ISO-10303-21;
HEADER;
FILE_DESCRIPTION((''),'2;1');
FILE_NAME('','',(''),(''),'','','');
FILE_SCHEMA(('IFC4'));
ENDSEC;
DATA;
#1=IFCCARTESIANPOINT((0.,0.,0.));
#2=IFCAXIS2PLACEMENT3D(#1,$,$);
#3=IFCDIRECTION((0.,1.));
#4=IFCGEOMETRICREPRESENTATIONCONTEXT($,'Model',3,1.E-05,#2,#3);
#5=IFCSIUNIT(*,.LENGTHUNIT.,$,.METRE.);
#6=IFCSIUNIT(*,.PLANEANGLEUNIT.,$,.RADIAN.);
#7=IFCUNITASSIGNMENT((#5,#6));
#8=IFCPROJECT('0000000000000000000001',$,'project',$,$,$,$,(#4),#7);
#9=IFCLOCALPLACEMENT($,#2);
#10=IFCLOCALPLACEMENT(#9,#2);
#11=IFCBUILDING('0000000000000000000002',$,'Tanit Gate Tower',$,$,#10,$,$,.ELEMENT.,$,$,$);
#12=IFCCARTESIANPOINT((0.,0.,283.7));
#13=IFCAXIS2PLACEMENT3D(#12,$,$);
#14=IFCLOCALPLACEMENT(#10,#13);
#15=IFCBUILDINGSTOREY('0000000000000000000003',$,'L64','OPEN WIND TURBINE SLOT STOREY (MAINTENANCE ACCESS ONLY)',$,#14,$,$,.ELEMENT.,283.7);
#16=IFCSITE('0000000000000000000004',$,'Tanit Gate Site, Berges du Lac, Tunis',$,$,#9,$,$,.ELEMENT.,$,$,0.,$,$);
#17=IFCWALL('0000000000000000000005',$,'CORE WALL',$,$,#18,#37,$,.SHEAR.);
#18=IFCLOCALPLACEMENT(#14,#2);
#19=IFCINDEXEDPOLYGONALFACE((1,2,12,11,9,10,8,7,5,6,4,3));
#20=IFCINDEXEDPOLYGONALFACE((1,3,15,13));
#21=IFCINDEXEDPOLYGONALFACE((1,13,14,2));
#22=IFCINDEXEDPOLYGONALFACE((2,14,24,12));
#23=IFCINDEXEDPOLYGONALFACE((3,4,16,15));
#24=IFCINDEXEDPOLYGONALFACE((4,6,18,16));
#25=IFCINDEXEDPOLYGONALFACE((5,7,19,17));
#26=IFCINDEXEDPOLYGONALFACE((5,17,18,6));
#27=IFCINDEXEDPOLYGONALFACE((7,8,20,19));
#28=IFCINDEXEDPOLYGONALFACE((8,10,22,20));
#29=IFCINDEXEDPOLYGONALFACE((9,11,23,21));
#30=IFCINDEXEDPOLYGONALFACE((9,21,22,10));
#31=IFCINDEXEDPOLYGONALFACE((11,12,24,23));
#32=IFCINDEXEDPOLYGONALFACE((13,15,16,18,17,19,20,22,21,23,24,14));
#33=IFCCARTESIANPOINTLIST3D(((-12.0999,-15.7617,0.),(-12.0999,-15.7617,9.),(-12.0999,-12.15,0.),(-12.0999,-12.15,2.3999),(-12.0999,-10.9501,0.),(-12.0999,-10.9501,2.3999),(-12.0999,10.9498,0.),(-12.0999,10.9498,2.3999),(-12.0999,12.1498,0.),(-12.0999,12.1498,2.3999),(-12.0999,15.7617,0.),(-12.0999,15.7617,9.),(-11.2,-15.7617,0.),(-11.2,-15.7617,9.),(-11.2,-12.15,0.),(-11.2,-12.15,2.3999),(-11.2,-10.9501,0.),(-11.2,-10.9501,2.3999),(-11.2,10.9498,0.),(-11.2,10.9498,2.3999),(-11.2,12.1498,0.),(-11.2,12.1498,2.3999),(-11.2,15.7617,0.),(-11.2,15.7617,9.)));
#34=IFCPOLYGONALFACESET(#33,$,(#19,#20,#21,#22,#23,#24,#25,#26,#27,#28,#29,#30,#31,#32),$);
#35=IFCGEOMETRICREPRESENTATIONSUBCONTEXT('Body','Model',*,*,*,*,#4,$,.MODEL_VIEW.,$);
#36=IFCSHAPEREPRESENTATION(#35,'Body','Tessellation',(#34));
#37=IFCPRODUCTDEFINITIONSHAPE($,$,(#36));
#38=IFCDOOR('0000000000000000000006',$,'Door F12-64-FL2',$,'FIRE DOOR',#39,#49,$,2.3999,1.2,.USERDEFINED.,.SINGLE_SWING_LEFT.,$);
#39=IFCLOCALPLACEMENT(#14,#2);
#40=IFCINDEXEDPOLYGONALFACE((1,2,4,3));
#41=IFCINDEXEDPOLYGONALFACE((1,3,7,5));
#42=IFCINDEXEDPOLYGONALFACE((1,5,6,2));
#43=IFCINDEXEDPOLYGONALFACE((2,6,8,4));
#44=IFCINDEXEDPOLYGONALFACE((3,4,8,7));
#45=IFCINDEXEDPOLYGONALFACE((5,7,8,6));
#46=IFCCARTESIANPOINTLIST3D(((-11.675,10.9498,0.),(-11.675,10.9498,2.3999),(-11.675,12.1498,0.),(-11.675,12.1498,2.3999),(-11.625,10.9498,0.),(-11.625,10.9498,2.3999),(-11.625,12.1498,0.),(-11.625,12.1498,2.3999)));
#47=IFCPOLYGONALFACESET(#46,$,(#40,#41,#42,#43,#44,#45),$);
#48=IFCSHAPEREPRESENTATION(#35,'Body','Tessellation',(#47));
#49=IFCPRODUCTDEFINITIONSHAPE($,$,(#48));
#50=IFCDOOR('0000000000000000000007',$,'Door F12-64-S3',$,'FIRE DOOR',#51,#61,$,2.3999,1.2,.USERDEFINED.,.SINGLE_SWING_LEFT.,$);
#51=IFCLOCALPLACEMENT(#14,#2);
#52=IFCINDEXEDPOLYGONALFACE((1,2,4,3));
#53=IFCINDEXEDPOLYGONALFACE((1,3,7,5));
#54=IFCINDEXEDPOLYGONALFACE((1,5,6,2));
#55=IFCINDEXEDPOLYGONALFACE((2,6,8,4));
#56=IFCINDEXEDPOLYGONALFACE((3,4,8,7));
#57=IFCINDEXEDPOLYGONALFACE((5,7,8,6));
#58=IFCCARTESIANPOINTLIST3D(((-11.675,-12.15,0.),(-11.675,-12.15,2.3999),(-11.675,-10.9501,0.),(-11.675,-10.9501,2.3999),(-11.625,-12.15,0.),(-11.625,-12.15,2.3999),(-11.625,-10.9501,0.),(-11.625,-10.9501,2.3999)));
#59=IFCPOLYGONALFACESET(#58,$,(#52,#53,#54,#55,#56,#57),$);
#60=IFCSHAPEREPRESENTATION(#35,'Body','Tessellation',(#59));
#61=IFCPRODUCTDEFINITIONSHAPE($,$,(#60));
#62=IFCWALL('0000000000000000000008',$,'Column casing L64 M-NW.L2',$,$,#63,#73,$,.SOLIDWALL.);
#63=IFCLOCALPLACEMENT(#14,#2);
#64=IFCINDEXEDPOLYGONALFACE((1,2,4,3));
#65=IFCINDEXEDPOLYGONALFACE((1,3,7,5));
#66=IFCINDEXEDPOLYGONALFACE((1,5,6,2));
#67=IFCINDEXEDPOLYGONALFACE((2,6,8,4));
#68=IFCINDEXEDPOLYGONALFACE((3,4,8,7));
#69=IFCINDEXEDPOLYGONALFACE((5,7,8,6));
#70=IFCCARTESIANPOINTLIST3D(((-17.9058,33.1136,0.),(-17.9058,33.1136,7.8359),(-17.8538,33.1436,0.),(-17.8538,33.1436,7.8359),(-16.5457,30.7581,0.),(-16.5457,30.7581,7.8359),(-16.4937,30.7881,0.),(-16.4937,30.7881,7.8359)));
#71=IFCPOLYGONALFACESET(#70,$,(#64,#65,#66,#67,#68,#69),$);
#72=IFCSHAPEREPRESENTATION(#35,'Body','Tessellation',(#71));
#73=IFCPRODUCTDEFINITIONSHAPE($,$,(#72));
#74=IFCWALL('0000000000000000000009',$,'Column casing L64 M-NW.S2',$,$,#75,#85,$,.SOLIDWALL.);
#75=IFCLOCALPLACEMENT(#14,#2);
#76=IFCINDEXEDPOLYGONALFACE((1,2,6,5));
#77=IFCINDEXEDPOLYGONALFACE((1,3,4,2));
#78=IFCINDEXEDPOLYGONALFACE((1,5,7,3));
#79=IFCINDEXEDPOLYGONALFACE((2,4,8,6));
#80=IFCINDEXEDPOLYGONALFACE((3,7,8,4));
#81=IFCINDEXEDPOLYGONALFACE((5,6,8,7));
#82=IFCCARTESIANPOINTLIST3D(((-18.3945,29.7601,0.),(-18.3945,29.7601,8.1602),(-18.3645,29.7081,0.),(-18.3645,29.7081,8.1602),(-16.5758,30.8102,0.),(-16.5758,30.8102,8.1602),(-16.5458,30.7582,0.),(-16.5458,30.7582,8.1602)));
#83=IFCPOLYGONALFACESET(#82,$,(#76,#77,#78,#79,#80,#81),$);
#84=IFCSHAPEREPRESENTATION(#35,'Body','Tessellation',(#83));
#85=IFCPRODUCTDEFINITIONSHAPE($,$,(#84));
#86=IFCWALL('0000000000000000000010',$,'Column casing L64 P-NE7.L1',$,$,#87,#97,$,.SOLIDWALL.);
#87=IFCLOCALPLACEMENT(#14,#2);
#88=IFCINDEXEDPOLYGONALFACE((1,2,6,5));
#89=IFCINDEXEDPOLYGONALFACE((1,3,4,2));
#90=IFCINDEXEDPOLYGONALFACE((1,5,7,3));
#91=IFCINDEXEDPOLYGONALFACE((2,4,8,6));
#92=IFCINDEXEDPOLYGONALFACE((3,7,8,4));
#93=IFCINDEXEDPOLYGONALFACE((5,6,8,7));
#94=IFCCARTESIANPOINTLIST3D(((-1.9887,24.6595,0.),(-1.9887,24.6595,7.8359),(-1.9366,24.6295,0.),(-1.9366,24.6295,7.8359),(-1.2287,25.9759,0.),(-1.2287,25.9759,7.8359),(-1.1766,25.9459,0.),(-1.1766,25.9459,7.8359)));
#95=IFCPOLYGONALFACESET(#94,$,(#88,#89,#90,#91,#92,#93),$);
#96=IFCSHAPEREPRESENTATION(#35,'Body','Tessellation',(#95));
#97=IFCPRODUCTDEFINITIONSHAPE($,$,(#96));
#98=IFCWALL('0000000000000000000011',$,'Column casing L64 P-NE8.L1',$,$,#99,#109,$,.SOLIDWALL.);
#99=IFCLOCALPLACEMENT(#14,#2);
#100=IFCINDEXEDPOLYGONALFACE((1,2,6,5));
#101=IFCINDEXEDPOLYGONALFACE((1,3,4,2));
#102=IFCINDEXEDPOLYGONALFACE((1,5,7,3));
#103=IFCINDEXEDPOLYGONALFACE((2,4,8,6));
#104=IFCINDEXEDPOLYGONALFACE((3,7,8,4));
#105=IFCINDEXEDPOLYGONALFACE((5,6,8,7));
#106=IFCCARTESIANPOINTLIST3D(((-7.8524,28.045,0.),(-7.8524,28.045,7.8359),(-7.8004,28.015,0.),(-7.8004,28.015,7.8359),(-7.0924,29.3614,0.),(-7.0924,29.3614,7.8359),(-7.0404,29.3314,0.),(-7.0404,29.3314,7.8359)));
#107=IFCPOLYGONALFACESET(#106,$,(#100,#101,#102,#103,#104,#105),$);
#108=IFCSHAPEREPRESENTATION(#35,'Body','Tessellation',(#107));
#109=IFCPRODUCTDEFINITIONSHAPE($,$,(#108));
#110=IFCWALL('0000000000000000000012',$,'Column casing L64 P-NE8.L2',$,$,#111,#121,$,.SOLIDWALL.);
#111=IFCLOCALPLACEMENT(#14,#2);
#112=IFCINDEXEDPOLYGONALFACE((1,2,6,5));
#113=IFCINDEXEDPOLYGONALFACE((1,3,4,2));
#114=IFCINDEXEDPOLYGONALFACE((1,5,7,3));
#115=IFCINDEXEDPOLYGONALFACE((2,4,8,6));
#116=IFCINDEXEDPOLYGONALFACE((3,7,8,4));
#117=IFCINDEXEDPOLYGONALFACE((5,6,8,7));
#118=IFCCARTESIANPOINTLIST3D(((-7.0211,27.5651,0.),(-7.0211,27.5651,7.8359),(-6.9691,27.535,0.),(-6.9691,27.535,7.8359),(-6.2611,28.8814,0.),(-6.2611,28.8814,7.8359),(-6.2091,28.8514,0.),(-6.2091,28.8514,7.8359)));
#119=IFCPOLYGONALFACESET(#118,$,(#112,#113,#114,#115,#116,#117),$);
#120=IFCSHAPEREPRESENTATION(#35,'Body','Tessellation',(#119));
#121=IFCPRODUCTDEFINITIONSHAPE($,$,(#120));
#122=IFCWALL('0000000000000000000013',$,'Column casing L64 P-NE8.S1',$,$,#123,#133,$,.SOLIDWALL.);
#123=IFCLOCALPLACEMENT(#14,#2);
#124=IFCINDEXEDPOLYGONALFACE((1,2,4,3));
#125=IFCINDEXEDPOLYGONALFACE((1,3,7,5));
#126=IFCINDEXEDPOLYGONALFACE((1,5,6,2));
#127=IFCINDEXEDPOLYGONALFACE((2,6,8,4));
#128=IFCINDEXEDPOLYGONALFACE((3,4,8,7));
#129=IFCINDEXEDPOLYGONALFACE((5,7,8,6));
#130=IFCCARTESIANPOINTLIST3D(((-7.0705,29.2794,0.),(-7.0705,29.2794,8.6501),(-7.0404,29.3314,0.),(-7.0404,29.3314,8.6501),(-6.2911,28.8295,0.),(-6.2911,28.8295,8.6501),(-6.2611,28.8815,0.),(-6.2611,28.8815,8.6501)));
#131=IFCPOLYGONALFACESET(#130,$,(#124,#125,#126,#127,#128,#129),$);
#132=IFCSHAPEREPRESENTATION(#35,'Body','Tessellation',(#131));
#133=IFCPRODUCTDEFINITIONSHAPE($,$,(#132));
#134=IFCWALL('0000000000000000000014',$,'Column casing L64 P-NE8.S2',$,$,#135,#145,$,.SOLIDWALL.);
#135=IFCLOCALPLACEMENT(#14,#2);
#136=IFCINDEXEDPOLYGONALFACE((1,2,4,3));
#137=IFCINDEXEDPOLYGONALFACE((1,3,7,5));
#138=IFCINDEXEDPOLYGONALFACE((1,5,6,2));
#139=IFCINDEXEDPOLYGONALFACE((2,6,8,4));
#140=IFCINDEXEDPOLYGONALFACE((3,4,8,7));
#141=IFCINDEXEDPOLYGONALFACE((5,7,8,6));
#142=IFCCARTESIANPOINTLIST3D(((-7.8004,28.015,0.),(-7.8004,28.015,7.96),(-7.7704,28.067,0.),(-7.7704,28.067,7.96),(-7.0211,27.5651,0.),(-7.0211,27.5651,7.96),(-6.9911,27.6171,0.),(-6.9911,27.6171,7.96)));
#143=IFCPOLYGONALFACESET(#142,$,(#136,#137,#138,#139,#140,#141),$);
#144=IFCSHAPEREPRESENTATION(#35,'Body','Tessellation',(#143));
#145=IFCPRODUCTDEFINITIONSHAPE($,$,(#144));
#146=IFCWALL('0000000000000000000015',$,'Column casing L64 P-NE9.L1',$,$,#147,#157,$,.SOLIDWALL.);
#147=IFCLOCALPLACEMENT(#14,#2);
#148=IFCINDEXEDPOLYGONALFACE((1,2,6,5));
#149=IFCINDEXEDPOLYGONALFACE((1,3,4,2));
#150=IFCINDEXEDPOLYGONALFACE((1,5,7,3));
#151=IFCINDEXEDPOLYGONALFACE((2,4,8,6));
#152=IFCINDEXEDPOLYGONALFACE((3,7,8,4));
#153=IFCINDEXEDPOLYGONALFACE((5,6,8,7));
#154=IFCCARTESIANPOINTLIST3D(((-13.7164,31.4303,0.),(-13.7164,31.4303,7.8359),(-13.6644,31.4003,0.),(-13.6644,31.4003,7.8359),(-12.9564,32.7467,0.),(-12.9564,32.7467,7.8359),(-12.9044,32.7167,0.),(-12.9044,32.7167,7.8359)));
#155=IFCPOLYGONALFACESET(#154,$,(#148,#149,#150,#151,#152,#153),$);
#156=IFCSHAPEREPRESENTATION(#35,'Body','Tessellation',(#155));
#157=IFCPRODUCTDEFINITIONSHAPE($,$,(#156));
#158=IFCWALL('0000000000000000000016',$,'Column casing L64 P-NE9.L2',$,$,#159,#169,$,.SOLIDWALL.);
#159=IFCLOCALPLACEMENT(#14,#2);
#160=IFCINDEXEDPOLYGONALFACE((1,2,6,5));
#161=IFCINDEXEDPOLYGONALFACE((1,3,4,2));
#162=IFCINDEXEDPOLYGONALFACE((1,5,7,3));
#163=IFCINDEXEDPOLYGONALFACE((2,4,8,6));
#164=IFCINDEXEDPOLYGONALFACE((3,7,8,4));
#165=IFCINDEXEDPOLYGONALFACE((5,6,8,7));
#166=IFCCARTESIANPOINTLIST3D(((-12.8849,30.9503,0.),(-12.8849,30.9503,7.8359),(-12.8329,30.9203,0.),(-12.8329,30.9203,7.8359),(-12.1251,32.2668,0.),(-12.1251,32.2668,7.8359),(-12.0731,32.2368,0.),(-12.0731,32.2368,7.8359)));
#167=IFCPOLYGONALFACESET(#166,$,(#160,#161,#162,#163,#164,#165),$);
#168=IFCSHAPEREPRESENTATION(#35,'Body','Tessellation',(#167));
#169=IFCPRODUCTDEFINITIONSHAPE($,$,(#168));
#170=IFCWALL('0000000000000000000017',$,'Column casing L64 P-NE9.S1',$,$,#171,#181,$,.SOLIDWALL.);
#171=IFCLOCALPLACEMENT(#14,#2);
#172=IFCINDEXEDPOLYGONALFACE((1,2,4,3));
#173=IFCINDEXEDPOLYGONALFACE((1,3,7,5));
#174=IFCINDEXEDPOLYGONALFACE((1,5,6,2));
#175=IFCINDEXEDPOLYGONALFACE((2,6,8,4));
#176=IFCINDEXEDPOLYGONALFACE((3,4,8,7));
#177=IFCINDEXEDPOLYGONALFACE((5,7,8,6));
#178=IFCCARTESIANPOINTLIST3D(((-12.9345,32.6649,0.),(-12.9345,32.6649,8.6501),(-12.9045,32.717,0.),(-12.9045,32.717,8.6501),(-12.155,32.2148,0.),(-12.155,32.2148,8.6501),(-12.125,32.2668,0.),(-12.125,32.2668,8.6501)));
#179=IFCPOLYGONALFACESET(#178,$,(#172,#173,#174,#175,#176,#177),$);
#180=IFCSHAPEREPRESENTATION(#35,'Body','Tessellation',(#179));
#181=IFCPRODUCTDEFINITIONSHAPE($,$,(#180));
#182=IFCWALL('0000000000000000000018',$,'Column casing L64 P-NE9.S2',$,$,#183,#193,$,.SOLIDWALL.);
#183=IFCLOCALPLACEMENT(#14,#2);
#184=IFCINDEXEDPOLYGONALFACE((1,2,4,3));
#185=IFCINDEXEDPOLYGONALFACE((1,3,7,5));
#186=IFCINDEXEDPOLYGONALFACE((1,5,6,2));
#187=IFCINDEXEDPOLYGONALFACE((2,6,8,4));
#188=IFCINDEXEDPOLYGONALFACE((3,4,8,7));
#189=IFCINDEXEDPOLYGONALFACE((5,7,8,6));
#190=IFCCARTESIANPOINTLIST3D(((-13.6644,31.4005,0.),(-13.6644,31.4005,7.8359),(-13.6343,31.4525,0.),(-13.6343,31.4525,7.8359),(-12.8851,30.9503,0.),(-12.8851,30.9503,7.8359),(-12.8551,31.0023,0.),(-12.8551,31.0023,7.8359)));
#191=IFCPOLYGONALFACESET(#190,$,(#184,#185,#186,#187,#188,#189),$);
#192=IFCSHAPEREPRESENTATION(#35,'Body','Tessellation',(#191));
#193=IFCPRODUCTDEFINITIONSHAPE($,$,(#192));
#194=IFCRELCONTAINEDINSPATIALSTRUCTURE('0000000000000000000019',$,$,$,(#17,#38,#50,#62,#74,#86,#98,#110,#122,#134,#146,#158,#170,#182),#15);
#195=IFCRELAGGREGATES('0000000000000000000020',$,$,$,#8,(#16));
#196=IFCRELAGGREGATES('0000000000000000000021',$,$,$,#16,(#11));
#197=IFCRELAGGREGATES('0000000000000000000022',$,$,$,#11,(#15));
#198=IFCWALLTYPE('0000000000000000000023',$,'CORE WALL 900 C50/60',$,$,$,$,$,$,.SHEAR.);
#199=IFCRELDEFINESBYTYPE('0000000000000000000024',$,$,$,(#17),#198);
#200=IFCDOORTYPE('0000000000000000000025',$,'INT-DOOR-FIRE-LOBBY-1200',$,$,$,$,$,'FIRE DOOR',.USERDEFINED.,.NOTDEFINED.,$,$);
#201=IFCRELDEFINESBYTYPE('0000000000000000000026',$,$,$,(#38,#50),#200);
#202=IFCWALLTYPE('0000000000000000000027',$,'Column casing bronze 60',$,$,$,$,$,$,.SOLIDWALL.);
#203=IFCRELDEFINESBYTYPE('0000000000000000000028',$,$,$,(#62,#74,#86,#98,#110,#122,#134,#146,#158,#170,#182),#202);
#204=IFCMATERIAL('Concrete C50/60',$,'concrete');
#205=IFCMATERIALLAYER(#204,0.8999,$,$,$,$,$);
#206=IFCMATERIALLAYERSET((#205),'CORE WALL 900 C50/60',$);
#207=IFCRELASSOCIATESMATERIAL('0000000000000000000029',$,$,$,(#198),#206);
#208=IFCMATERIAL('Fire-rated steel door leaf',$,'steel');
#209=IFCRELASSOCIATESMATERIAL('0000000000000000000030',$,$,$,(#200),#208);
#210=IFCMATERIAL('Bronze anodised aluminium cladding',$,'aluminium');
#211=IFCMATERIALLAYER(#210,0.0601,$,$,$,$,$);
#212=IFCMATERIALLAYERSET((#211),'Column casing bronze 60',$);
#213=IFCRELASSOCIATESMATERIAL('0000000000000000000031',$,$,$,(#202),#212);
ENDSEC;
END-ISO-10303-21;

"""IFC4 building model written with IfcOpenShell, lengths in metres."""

from ifc_helpers import new_model, si_unit, direction, frame, frame_2d, origin, place, context, subcontext, project, spatial, rectangle, extrude, material, layer, layer_set, type_object, element, fill, save


model = new_model("IFC4")

# Units and contexts
model_context = context("Model", 3, precision=1e-05, world=origin(), true_north=direction((0.0, 1.0)))
body_context = subcontext(model_context, "Body", "Model", "MODEL_VIEW")
ifc_project = project(units=[si_unit("LENGTHUNIT", "METRE"), si_unit("PLANEANGLEUNIT", "RADIAN")], contexts=[model_context])

# Site, building, storey
site_placement = place(None, origin())
site = spatial("IfcSite", under=ifc_project, at=site_placement, Name="Tanit Gate Site, Berges du Lac, Tunis", CompositionType="ELEMENT", RefElevation=0.0)
building_placement = place(site_placement, origin())
building = spatial("IfcBuilding", under=site, at=building_placement, Name="Tanit Gate Tower", CompositionType="ELEMENT")
storey_placement = place(building_placement, frame((0.0, 0.0, 283.7)))
storey = spatial("IfcBuildingStorey", under=building, at=storey_placement, Name="L64", Description="OPEN WIND TURBINE SLOT STOREY (MAINTENANCE ACCESS ONLY)", CompositionType="ELEMENT", Elevation=283.7)

# Wall, openings, doors
ifc_material_1 = material(Name="Concrete C50/60", Category="concrete")
ifc_layer_1 = layer(ifc_material_1, 0.8999)
ifc_layer_set_1 = layer_set([ifc_layer_1], Name="CORE WALL 900 C50/60")
wall_type_1 = type_object("IfcWallType", Name="CORE WALL 900 C50/60", PredefinedType="SHEAR", material=ifc_layer_set_1)
wall_1_placement = place(storey_placement, frame((-11.6499, 15.7617, 0.0), z_axis=(0.0, 0.0, 1.0), x_axis=(0.0, -1.0, 0.0)))
wall_1 = element("IfcWall", 1, at=wall_1_placement, inside=storey, type_object=wall_type_1, Name="CORE WALL", PredefinedType="SHEAR", context=body_context, shape_type="SweptSolid", body=[
    extrude(rectangle(XDim=31.5234, YDim=0.8999, at=frame_2d((15.7617, 0.0))), origin(), (0.0, 0.0, 1.0), 9.0),
])
opening_1_placement = place(wall_1_placement, frame((3.6118, 0.0, 0.0)))
opening_1 = element("IfcOpeningElement", 2, at=opening_1_placement, cuts=wall_1, PredefinedType="OPENING", context=body_context, shape_type="SweptSolid", body=[
    extrude(rectangle(XDim=1.2, YDim=2.3999, at=frame_2d((0.6001, 1.2))), frame((0.0, 0.46, 0.0), z_axis=(0.0, -1.0, 0.0), x_axis=(1.0, 0.0, 0.0)), (0.0, 0.0, 1.0), 0.9199),
])
opening_2_placement = place(wall_1_placement, frame((26.7117, 0.0, 0.0)))
opening_2 = element("IfcOpeningElement", 3, at=opening_2_placement, cuts=wall_1, PredefinedType="OPENING", context=body_context, shape_type="SweptSolid", body=[
    extrude(rectangle(XDim=1.2, YDim=2.3999, at=frame_2d((0.6001, 1.2))), frame((0.0, 0.46, 0.0), z_axis=(0.0, -1.0, 0.0), x_axis=(1.0, 0.0, 0.0)), (0.0, 0.0, 1.0), 0.9199),
])
ifc_material_2 = material(Name="Fire-rated steel door leaf", Category="steel")
door_type_1 = type_object("IfcDoorType", Name="INT-DOOR-FIRE-LOBBY-1200", ElementType="FIRE DOOR", OperationType="NOTDEFINED", PredefinedType="USERDEFINED", material=ifc_material_2)
door_1_placement = place(opening_1_placement, origin())
door_1 = element("IfcDoor", 4, at=door_1_placement, inside=storey, type_object=door_type_1, Name="Door F12-64-FL2", ObjectType="FIRE DOOR", OperationType="SINGLE_SWING_LEFT", OverallHeight=2.3999, OverallWidth=1.2, PredefinedType="USERDEFINED", context=body_context, shape_type="SweptSolid", body=[
    extrude(rectangle(XDim=1.2, YDim=2.3999, at=frame_2d((0.6001, 1.2))), frame((0.0, 0.0249, 0.0), z_axis=(0.0, -1.0, 0.0), x_axis=(1.0, 0.0, 0.0)), (0.0, 0.0, 1.0), 0.05),
])
fill(opening_1, door_1)
door_2_placement = place(opening_2_placement, origin())
door_2 = element("IfcDoor", 5, at=door_2_placement, inside=storey, type_object=door_type_1, Name="Door F12-64-S3", ObjectType="FIRE DOOR", OperationType="SINGLE_SWING_LEFT", OverallHeight=2.3999, OverallWidth=1.2, PredefinedType="USERDEFINED", context=body_context, shape_type="SweptSolid", body=[
    extrude(rectangle(XDim=1.2, YDim=2.3999, at=frame_2d((0.6001, 1.2))), frame((0.0, 0.0249, 0.0), z_axis=(0.0, -1.0, 0.0), x_axis=(1.0, 0.0, 0.0)), (0.0, 0.0, 1.0), 0.05),
])
fill(opening_2, door_2)

# Walls
ifc_material_3 = material(Name="Bronze anodised aluminium cladding", Category="aluminium")
ifc_layer_2 = layer(ifc_material_3, 0.0601)
ifc_layer_set_2 = layer_set([ifc_layer_2], Name="Column casing bronze 60")
wall_type_2 = type_object("IfcWallType", Name="Column casing bronze 60", PredefinedType="SOLIDWALL", material=ifc_layer_set_2)
wall_2_placement = place(storey_placement, frame((-16.5198, 30.7732, 0.0), z_axis=(0.0, 0.0, 1.0), x_axis=(-0.500049, 0.865997, 0.0)))
element("IfcWall", 6, at=wall_2_placement, inside=storey, type_object=wall_type_2, Name="Column casing L64 M-NW.L2", PredefinedType="SOLIDWALL", context=body_context, shape_type="SweptSolid", body=[
    extrude(rectangle(XDim=2.72, YDim=0.0601, at=frame_2d((1.3599, 0.0))), origin(), (0.0, 0.0, 1.0), 7.8359),
])
wall_3_placement = place(storey_placement, frame((-16.5608, 30.7842, 0.0), z_axis=(0.0, 0.0, 1.0), x_axis=(-0.866009, -0.500028, 0.0)))
element("IfcWall", 7, at=wall_3_placement, inside=storey, type_object=wall_type_2, Name="Column casing L64 M-NW.S2", PredefinedType="SOLIDWALL", context=body_context, shape_type="SweptSolid", body=[
    extrude(rectangle(XDim=2.1001, YDim=0.0601, at=frame_2d((1.05, 0.0))), origin(), (0.0, 0.0, 1.0), 8.1602),
])
for number, where, z_axis, x_axis, name in (
    (8, (-1.9626, 24.6445, 0.0), (0.0, 0.0, 1.0), (0.499991, 0.86603, 0.0), "Column casing L64 P-NE7.L1"),
    (9, (-7.8264, 28.03, 0.0), (0.0, 0.0, 1.0), (0.499991, 0.86603, 0.0), "Column casing L64 P-NE8.L1"),
    (10, (-6.9951, 27.55, 0.0), (0.0, 0.0, 1.0), (0.499991, 0.86603, 0.0), "Column casing L64 P-NE8.L2"),
):
    element("IfcWall", number, at=place(storey_placement, frame(where, z_axis=z_axis, x_axis=x_axis)), inside=storey, type_object=wall_type_2, Name=name, PredefinedType="SOLIDWALL", context=body_context, shape_type="SweptSolid", body=[
        extrude(rectangle(XDim=1.52, YDim=0.0601, at=frame_2d((0.76, 0.0))), origin(), (0.0, 0.0, 1.0), 7.8359),
    ])
wall_4_placement = place(storey_placement, frame((-6.2761, 28.8555, 0.0), z_axis=(0.0, 0.0, 1.0), x_axis=(-0.866014, 0.50002, 0.0)))
element("IfcWall", 11, at=wall_4_placement, inside=storey, type_object=wall_type_2, Name="Column casing L64 P-NE8.S1", PredefinedType="SOLIDWALL", context=body_context, shape_type="SweptSolid", body=[
    extrude(rectangle(XDim=0.8999, YDim=0.0601, at=frame_2d((0.45, 0.0))), origin(), (0.0, 0.0, 1.0), 8.6501),
])
wall_5_placement = place(storey_placement, frame((-7.0061, 27.5911, 0.0), z_axis=(0.0, 0.0, 1.0), x_axis=(-0.866014, 0.50002, 0.0)))
element("IfcWall", 12, at=wall_5_placement, inside=storey, type_object=wall_type_2, Name="Column casing L64 P-NE8.S2", PredefinedType="SOLIDWALL", context=body_context, shape_type="SweptSolid", body=[
    extrude(rectangle(XDim=0.8999, YDim=0.0601, at=frame_2d((0.45, 0.0))), origin(), (0.0, 0.0, 1.0), 7.96),
])
for number, where, z_axis, x_axis, name in (
    (13, (-13.6904, 31.4153, 0.0), (0.0, 0.0, 1.0), (0.499991, 0.86603, 0.0), "Column casing L64 P-NE9.L1"),
    (14, (-12.8589, 30.9353, 0.0), (0.0, 0.0, 1.0), (0.499871, 0.8661, 0.0), "Column casing L64 P-NE9.L2"),
):
    element("IfcWall", number, at=place(storey_placement, frame(where, z_axis=z_axis, x_axis=x_axis)), inside=storey, type_object=wall_type_2, Name=name, PredefinedType="SOLIDWALL", context=body_context, shape_type="SweptSolid", body=[
        extrude(rectangle(XDim=1.52, YDim=0.0601, at=frame_2d((0.76, 0.0))), origin(), (0.0, 0.0, 1.0), 7.8359),
    ])
wall_6_placement = place(storey_placement, frame((-12.1399, 32.2407, 0.0), z_axis=(0.0, 0.0, 1.0), x_axis=(-0.865964, 0.500106, 0.0)))
element("IfcWall", 15, at=wall_6_placement, inside=storey, type_object=wall_type_2, Name="Column casing L64 P-NE9.S1", PredefinedType="SOLIDWALL", context=body_context, shape_type="SweptSolid", body=[
    extrude(rectangle(XDim=0.9001, YDim=0.0601, at=frame_2d((0.4502, 0.0))), origin(), (0.0, 0.0, 1.0), 8.6501),
])
wall_7_placement = place(storey_placement, frame((-12.8701, 30.9763, 0.0), z_axis=(0.0, 0.0, 1.0), x_axis=(-0.865896, 0.500223, 0.0)))
element("IfcWall", 16, at=wall_7_placement, inside=storey, type_object=wall_type_2, Name="Column casing L64 P-NE9.S2", PredefinedType="SOLIDWALL", context=body_context, shape_type="SweptSolid", body=[
    extrude(rectangle(XDim=0.8999, YDim=0.0601, at=frame_2d((0.45, 0.0))), origin(), (0.0, 0.0, 1.0), 7.8359),
])

save(model, "model.ifc")
